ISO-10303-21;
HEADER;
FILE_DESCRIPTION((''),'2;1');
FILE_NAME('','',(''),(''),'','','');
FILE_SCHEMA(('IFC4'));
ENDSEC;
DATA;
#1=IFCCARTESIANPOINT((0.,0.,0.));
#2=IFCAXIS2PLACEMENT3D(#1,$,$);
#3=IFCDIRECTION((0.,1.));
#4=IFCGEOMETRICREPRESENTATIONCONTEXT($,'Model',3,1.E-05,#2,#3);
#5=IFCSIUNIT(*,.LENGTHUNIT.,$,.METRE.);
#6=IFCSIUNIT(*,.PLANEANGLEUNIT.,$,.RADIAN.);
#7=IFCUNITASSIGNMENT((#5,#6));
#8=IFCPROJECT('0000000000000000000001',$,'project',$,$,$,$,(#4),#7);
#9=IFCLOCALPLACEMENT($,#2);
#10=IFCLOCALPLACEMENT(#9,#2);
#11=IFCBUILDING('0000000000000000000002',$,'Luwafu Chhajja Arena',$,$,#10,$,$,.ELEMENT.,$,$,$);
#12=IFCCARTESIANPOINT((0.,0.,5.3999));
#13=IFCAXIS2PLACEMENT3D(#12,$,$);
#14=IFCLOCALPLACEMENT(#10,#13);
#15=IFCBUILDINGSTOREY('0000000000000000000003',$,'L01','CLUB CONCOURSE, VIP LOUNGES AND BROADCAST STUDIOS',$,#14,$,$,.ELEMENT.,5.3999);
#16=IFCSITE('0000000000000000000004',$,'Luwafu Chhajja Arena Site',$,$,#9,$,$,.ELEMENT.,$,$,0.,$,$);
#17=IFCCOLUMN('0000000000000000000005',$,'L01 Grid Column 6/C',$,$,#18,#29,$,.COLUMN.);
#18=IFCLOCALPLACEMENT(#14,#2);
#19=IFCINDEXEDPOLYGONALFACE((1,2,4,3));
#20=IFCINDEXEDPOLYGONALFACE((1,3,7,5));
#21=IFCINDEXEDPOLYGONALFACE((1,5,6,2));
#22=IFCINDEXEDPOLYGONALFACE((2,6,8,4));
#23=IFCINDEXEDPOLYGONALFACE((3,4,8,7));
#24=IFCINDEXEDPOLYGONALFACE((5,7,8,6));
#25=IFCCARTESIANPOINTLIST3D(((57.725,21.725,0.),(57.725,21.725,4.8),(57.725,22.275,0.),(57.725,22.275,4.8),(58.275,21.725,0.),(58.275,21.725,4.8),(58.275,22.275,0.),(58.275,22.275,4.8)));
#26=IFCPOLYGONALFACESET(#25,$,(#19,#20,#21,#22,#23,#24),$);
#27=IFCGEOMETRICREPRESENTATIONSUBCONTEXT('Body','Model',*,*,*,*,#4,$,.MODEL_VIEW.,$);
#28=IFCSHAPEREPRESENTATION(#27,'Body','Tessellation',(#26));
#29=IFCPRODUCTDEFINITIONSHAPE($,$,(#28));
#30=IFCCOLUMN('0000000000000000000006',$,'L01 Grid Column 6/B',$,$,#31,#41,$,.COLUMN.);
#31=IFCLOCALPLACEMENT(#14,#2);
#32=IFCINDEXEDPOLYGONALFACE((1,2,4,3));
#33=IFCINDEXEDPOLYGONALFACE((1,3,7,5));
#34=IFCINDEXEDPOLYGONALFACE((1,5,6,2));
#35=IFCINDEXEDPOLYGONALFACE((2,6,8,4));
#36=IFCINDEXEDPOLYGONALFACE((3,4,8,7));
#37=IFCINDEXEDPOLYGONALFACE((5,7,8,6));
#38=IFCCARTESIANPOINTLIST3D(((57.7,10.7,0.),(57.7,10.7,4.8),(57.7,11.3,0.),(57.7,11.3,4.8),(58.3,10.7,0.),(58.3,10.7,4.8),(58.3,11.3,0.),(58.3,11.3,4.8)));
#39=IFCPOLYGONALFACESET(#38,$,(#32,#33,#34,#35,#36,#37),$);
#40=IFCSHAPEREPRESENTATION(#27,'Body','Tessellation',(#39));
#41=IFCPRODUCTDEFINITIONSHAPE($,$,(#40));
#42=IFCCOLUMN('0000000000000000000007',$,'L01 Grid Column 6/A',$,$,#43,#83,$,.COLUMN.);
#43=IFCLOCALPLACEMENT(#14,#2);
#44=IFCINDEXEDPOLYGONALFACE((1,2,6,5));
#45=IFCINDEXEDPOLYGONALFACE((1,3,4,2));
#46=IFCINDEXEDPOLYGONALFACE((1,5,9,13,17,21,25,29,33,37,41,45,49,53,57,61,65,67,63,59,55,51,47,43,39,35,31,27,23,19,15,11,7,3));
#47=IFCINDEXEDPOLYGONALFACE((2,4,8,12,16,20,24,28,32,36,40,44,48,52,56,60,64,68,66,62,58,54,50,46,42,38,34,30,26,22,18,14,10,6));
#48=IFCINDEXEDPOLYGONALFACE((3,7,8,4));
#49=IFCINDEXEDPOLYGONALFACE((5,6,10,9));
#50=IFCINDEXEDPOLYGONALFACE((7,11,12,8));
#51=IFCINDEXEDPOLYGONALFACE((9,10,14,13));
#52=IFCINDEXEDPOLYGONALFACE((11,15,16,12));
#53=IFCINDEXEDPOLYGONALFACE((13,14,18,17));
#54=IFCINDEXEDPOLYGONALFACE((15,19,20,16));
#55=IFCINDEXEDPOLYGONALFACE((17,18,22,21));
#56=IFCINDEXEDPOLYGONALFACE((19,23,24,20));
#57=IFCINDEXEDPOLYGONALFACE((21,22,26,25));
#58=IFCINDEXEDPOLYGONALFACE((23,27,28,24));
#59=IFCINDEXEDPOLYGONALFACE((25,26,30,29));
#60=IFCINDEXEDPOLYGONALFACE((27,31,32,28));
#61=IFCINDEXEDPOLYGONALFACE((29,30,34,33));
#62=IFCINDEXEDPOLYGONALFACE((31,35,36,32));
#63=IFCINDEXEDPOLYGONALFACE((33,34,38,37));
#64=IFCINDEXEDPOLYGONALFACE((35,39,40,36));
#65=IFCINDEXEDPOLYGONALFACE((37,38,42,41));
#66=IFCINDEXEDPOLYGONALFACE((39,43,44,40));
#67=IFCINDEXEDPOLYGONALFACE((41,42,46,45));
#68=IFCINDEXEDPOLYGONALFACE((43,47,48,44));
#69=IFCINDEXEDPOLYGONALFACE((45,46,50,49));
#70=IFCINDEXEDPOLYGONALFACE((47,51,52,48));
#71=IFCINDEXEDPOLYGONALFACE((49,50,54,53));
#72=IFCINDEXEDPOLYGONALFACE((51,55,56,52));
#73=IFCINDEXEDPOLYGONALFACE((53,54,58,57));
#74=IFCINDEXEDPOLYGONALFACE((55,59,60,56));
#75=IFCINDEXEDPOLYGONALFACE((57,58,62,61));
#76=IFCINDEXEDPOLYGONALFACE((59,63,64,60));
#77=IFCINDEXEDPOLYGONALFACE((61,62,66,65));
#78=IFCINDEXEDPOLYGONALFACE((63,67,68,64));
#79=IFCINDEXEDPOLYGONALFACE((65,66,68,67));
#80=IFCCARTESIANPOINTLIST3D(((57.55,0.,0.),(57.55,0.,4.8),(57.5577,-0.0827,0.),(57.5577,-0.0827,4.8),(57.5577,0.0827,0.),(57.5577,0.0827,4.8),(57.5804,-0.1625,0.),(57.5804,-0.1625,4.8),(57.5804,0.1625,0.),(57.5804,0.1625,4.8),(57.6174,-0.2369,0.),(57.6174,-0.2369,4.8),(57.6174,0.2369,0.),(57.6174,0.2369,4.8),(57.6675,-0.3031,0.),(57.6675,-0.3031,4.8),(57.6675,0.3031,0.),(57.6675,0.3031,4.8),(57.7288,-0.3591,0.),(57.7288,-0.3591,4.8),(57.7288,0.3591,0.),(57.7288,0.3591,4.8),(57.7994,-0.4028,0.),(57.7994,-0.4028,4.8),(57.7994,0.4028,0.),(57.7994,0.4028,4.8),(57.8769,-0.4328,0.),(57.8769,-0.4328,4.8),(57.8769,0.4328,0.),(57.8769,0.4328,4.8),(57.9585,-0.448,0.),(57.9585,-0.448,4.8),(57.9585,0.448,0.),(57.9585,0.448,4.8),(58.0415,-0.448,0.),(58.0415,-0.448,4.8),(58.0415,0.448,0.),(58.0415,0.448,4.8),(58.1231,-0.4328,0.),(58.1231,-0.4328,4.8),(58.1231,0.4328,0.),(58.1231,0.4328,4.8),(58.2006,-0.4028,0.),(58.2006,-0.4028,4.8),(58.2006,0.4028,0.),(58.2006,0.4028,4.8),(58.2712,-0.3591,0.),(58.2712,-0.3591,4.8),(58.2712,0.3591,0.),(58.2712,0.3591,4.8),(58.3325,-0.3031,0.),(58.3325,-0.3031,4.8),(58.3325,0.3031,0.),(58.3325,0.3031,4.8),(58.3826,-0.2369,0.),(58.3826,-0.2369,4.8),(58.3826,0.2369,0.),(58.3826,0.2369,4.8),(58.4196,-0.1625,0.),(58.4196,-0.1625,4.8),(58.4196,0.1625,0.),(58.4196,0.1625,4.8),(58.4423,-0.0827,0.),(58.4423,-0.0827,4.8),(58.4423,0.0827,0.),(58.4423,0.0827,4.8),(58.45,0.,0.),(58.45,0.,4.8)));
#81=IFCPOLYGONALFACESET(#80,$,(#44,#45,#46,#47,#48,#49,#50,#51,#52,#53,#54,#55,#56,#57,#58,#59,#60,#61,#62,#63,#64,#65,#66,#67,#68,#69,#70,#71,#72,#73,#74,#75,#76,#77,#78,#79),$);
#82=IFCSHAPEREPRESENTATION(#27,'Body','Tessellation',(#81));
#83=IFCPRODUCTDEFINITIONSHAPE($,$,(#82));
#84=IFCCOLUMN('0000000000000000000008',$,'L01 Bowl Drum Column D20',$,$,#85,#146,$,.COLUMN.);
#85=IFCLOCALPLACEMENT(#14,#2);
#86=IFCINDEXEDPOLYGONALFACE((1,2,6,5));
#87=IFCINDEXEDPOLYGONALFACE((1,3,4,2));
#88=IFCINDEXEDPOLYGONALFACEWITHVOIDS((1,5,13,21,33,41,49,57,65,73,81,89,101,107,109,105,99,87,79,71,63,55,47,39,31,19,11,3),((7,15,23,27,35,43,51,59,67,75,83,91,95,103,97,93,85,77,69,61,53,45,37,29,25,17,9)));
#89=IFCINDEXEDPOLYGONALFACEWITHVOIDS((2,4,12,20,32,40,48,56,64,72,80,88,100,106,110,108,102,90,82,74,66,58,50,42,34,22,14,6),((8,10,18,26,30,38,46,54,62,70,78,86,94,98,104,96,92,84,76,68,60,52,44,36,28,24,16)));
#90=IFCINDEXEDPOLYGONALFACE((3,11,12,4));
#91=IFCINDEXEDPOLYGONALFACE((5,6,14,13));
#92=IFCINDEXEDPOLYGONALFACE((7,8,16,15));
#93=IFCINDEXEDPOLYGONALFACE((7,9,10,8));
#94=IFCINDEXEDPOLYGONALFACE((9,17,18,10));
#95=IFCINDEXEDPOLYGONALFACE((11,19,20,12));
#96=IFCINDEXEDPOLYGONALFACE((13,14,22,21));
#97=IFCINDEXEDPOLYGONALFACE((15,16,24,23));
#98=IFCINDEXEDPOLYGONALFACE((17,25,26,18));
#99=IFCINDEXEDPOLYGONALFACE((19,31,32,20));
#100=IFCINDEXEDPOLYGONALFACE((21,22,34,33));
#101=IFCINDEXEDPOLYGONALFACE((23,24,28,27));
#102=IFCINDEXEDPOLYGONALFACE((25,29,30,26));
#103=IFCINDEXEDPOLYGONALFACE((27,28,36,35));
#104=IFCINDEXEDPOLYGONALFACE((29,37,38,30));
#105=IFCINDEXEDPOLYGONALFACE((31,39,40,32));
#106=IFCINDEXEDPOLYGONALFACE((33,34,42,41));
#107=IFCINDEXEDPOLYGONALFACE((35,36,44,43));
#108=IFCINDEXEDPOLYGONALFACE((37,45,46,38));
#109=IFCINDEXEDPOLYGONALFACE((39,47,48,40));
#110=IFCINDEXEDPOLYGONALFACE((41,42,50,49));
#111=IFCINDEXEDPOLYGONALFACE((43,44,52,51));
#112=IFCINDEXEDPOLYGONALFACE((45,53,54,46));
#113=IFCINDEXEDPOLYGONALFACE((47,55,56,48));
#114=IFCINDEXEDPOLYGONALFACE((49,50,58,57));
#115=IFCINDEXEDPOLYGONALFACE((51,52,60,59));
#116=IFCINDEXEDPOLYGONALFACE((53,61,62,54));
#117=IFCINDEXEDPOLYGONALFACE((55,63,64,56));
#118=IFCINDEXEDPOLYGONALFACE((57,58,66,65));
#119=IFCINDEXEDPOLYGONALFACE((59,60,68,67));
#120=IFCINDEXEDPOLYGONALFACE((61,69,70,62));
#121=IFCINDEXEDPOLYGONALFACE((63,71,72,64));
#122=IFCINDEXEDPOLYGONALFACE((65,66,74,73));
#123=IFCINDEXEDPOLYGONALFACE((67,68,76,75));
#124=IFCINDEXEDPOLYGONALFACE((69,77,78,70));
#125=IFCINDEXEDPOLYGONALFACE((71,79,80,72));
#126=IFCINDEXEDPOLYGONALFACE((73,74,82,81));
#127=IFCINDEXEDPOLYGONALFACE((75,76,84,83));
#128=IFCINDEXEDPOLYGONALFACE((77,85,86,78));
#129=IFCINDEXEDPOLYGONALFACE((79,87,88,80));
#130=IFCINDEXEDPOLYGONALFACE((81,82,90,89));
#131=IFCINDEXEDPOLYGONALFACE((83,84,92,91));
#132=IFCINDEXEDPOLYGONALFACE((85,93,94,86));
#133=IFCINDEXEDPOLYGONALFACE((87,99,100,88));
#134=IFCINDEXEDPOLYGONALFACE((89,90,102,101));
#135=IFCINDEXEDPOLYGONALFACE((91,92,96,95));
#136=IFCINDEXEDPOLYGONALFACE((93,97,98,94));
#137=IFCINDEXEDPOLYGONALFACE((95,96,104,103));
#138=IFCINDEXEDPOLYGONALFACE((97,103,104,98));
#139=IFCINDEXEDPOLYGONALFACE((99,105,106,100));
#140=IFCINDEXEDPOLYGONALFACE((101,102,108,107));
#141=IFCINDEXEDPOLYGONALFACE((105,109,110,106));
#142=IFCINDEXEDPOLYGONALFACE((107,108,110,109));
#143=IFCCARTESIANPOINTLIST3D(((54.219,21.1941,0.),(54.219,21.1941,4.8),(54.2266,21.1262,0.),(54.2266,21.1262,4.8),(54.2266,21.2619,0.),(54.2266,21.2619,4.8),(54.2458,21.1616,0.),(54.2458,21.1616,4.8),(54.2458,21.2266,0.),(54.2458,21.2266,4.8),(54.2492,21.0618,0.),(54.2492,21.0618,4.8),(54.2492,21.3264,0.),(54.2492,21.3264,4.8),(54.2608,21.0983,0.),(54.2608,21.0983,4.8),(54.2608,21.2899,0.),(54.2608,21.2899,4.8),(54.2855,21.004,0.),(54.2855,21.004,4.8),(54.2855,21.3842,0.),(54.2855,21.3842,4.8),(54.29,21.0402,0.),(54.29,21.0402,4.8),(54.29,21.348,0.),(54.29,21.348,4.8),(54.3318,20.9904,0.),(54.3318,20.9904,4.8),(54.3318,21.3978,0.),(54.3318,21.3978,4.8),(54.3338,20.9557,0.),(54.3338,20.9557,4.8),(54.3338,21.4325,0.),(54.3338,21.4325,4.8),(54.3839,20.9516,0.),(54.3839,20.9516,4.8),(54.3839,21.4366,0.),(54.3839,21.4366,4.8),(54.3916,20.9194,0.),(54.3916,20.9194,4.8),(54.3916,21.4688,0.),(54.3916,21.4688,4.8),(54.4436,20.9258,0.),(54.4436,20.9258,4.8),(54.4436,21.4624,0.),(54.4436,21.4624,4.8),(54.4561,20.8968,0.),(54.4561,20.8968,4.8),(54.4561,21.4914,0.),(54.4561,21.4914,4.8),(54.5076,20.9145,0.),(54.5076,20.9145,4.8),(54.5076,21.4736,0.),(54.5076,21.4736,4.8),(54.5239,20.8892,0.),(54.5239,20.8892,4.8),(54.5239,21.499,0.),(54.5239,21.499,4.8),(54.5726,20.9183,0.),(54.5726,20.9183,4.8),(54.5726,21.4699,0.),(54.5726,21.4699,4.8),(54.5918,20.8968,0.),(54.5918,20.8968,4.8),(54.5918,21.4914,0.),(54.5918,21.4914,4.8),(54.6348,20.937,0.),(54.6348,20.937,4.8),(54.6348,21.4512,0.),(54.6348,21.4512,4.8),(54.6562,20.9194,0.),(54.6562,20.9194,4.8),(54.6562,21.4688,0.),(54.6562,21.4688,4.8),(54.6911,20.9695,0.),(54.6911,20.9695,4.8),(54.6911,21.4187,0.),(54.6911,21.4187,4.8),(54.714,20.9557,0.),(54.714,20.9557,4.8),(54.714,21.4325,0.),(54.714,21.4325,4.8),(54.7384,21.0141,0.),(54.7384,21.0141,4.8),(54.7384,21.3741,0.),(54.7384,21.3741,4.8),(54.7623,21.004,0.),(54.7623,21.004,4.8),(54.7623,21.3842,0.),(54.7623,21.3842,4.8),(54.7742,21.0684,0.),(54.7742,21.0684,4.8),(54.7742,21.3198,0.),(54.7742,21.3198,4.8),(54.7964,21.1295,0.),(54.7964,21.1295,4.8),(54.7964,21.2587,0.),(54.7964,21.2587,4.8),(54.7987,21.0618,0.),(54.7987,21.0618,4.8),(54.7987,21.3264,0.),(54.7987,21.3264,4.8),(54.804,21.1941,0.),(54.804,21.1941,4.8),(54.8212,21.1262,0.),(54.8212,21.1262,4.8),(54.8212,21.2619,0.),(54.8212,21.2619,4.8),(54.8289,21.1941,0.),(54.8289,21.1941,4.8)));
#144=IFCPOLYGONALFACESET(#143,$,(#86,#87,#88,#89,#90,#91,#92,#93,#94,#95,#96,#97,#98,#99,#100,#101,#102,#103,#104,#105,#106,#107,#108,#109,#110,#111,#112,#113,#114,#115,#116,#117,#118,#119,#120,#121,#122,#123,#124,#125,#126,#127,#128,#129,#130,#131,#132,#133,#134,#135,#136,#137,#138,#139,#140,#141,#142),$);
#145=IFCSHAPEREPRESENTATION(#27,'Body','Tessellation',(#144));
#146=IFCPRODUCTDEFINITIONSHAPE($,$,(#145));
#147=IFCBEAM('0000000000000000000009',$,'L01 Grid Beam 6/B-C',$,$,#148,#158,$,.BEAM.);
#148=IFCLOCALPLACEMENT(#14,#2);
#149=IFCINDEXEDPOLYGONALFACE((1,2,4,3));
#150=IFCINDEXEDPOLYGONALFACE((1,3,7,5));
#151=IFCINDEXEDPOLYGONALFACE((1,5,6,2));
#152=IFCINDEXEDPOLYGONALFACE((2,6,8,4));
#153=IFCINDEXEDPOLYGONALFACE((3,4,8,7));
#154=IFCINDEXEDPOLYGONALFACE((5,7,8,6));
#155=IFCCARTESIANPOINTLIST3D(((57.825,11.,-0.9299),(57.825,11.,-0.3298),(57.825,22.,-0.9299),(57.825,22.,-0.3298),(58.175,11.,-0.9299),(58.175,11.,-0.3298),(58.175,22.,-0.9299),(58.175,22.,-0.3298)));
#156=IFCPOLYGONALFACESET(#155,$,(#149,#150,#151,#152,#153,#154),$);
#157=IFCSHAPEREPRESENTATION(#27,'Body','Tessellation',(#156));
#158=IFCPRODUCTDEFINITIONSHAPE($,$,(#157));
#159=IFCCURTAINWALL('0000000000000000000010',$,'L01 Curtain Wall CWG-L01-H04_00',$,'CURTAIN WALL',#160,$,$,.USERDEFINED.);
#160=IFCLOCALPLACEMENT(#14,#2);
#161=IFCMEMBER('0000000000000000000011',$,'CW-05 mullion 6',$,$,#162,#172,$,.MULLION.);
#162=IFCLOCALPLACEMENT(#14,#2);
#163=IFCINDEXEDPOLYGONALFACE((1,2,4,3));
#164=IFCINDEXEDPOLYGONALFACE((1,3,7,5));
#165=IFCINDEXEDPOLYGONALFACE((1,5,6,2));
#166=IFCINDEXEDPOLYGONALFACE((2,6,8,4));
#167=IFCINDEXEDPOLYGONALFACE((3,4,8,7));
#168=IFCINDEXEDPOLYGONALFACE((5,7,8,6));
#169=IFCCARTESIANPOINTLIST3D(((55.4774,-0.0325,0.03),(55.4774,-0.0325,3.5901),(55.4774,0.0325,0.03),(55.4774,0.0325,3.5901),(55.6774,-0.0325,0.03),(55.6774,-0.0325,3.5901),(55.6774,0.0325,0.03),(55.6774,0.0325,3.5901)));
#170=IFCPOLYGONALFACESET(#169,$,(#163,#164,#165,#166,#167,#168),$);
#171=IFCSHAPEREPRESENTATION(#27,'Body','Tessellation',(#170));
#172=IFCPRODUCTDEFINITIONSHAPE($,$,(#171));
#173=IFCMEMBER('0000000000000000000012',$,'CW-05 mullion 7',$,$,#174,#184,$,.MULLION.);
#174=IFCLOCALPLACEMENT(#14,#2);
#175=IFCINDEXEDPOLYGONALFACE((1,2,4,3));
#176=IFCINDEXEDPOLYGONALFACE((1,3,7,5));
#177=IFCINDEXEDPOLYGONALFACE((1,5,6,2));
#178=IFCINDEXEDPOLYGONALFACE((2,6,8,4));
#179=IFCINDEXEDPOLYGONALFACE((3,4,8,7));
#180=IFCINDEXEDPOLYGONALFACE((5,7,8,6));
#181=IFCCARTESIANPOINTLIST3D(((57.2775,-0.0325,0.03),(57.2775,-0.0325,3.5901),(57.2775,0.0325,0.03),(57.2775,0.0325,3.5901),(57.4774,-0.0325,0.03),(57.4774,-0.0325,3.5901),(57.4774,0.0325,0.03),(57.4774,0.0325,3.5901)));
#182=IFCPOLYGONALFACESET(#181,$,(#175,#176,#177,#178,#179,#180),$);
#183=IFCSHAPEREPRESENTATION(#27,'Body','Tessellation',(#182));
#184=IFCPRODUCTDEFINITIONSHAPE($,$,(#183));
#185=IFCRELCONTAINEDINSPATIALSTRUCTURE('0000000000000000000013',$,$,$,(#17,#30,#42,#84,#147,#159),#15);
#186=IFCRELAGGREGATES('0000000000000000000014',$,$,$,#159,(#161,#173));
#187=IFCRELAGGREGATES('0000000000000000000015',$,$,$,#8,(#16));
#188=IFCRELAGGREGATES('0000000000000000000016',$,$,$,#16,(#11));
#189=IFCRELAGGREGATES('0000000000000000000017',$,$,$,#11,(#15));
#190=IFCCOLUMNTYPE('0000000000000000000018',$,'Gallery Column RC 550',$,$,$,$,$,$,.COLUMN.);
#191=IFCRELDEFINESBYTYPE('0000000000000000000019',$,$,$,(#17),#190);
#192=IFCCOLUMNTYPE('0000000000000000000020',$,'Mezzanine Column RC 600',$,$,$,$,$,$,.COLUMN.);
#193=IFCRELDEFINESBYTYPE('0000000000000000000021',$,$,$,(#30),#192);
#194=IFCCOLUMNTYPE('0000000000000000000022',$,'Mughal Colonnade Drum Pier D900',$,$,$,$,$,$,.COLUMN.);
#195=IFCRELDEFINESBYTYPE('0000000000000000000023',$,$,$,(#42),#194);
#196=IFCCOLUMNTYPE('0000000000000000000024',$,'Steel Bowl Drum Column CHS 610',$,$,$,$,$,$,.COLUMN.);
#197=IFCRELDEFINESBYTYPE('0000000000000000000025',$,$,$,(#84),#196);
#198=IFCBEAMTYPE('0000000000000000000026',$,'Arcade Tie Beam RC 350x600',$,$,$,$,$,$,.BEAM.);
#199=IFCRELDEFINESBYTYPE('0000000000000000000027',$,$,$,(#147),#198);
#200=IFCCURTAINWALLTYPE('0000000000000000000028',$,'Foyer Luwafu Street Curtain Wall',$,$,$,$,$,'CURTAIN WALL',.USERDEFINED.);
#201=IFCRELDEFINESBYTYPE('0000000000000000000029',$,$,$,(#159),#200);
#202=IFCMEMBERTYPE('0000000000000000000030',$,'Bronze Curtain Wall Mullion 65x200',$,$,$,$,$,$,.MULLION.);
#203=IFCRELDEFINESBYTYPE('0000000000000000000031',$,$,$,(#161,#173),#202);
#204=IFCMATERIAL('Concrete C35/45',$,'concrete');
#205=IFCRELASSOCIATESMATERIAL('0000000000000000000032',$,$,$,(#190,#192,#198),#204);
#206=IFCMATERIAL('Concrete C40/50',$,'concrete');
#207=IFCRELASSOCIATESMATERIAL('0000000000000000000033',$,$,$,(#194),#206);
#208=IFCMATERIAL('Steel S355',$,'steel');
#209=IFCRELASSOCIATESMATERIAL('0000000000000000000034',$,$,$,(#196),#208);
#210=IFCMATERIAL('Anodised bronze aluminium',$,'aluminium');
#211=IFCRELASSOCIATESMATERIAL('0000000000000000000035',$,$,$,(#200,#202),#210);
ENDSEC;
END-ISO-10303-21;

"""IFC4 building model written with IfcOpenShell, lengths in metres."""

from ifc_helpers import new_model, si_unit, direction, frame, origin, origin_2d, place, context, subcontext, project, spatial, rectangle, circle, hollow_circle, extrude, material, material_profile, profile_set, type_object, element, aggregate, save


model = new_model("IFC4")

# Units and contexts
model_context = context("Model", 3, precision=1e-05, world=origin(), true_north=direction((0.0, 1.0)))
body_context = subcontext(model_context, "Body", "Model", "MODEL_VIEW")
ifc_project = project(units=[si_unit("LENGTHUNIT", "METRE"), si_unit("PLANEANGLEUNIT", "RADIAN")], contexts=[model_context])

# Site, building, storey
site_placement = place(None, origin())
site = spatial("IfcSite", under=ifc_project, at=site_placement, Name="Luwafu Chhajja Arena Site", CompositionType="ELEMENT", RefElevation=0.0)
building_placement = place(site_placement, origin())
building = spatial("IfcBuilding", under=site, at=building_placement, Name="Luwafu Chhajja Arena", CompositionType="ELEMENT")
storey_placement = place(building_placement, frame((0.0, 0.0, 5.3999)))
storey = spatial("IfcBuildingStorey", under=building, at=storey_placement, Name="L01", Description="CLUB CONCOURSE, VIP LOUNGES AND BROADCAST STUDIOS", CompositionType="ELEMENT", Elevation=5.3999)

# Columns
ifc_material_1 = material(Name="Concrete C35/45", Category="concrete")
ifc_material_profile_1 = material_profile(ifc_material_1, rectangle(XDim=0.55, YDim=0.55, at=origin_2d()), Name="RC 550x550")
ifc_profile_set_1 = profile_set([ifc_material_profile_1], Name="Concrete C35/45")
column_type_1 = type_object("IfcColumnType", Name="Gallery Column RC 550", PredefinedType="COLUMN", material=ifc_profile_set_1)
column_1_placement = place(storey_placement, frame((58.0, 22.0, 0.0), z_axis=(0.0, 0.0, 1.0), x_axis=(1.0, 0.0, 0.0)))
element("IfcColumn", 1, at=column_1_placement, inside=storey, type_object=column_type_1, Name="L01 Grid Column 6/C", PredefinedType="COLUMN", context=body_context, shape_type="SweptSolid", body=[
    extrude(rectangle(XDim=0.55, YDim=0.55, at=origin_2d()), origin(), (0.0, 0.0, 1.0), 4.8),
])
ifc_material_profile_2 = material_profile(ifc_material_1, rectangle(XDim=0.6001, YDim=0.6001, at=origin_2d()), Name="RC 600x600")
ifc_profile_set_2 = profile_set([ifc_material_profile_2], Name="Concrete C35/45")
column_type_2 = type_object("IfcColumnType", Name="Mezzanine Column RC 600", PredefinedType="COLUMN", material=ifc_profile_set_2)
column_2_placement = place(storey_placement, frame((58.0, 11.0, 0.0), z_axis=(0.0, 0.0, 1.0), x_axis=(1.0, 0.0, 0.0)))
element("IfcColumn", 2, at=column_2_placement, inside=storey, type_object=column_type_2, Name="L01 Grid Column 6/B", PredefinedType="COLUMN", context=body_context, shape_type="SweptSolid", body=[
    extrude(rectangle(XDim=0.6001, YDim=0.6001, at=origin_2d()), origin(), (0.0, 0.0, 1.0), 4.8),
])
ifc_material_2 = material(Name="Concrete C40/50", Category="concrete")
ifc_material_profile_3 = material_profile(ifc_material_2, circle(Radius=0.45, at=origin_2d()), Name="RC COL D900")
ifc_profile_set_3 = profile_set([ifc_material_profile_3], Name="Concrete C40/50")
column_type_3 = type_object("IfcColumnType", Name="Mughal Colonnade Drum Pier D900", PredefinedType="COLUMN", material=ifc_profile_set_3)
column_3_placement = place(storey_placement, frame((58.0, 0.0, 0.0), z_axis=(0.0, 0.0, 1.0), x_axis=(1.0, 0.0, 0.0)))
element("IfcColumn", 3, at=column_3_placement, inside=storey, type_object=column_type_3, Name="L01 Grid Column 6/A", PredefinedType="COLUMN", context=body_context, shape_type="SweptSolid", body=[
    extrude(circle(Radius=0.45, at=origin_2d()), origin(), (0.0, 0.0, 1.0), 4.8),
])
ifc_material_3 = material(Name="Steel S355", Category="steel")
ifc_material_profile_4 = material_profile(ifc_material_3, hollow_circle(Radius=0.3049, WallThickness=0.0249, at=origin_2d()), Name="CHS 610x25")
ifc_profile_set_4 = profile_set([ifc_material_profile_4], Name="Steel S355")
column_type_4 = type_object("IfcColumnType", Name="Steel Bowl Drum Column CHS 610", PredefinedType="COLUMN", material=ifc_profile_set_4)
column_4_placement = place(storey_placement, frame((54.5239, 21.1941, 0.0), z_axis=(0.0, 0.0, 1.0), x_axis=(1.0, 0.0, 0.0)))
element("IfcColumn", 4, at=column_4_placement, inside=storey, type_object=column_type_4, Name="L01 Bowl Drum Column D20", PredefinedType="COLUMN", context=body_context, shape_type="SweptSolid", body=[
    extrude(hollow_circle(Radius=0.3049, WallThickness=0.0249, at=origin_2d()), origin(), (0.0, 0.0, 1.0), 4.8),
])

# Beam
ifc_material_profile_5 = material_profile(ifc_material_1, rectangle(XDim=0.3501, YDim=0.6001, at=origin_2d()), Name="RC 350x600")
ifc_profile_set_5 = profile_set([ifc_material_profile_5], Name="Concrete C35/45")
beam_type_1 = type_object("IfcBeamType", Name="Arcade Tie Beam RC 350x600", PredefinedType="BEAM", material=ifc_profile_set_5)
beam_1_placement = place(storey_placement, frame((58.0, 11.0, -0.6299), z_axis=(0.0, 1.0, 0.0), x_axis=(-1.0, 0.0, 0.0)))
element("IfcBeam", 5, at=beam_1_placement, inside=storey, type_object=beam_type_1, Name="L01 Grid Beam 6/B-C", PredefinedType="BEAM", context=body_context, shape_type="SweptSolid", body=[
    extrude(rectangle(XDim=0.3501, YDim=0.6001, at=origin_2d()), origin(), (0.0, 0.0, 1.0), 11.0),
])

# Curtain wall, members
ifc_material_4 = material(Name="Anodised bronze aluminium", Category="aluminium")
curtain_wall_type = type_object("IfcCurtainWallType", Name="Foyer Luwafu Street Curtain Wall", ElementType="CURTAIN WALL", PredefinedType="USERDEFINED", material=ifc_material_4)
curtain_wall_placement = place(storey_placement, origin())
curtain_wall = element("IfcCurtainWall", 6, at=curtain_wall_placement, inside=storey, type_object=curtain_wall_type, Name="L01 Curtain Wall CWG-L01-H04_00", ObjectType="CURTAIN WALL", PredefinedType="USERDEFINED")
ifc_material_profile_6 = material_profile(ifc_material_4, rectangle(XDim=0.0649, YDim=0.2, at=origin_2d()), Name="CWM 65x200")
ifc_profile_set_6 = profile_set([ifc_material_profile_6], Name="Anodised bronze aluminium")
member_type_1 = type_object("IfcMemberType", Name="Bronze Curtain Wall Mullion 65x200", PredefinedType="MULLION", material=ifc_profile_set_6)
member_1_placement = place(storey_placement, frame((55.5774, 0.0, 0.03), z_axis=(0.0, 0.0, 1.0), x_axis=(0.0, 1.0, 0.0)))
member_1 = element("IfcMember", 7, at=member_1_placement, type_object=member_type_1, Name="CW-05 mullion 6", PredefinedType="MULLION", context=body_context, shape_type="SweptSolid", body=[
    extrude(rectangle(XDim=0.0649, YDim=0.2, at=origin_2d()), origin(), (0.0, 0.0, 1.0), 3.5601),
])
member_2_placement = place(storey_placement, frame((57.3774, 0.0, 0.03), z_axis=(0.0, 0.0, 1.0), x_axis=(0.0, 1.0, 0.0)))
member_2 = element("IfcMember", 8, at=member_2_placement, type_object=member_type_1, Name="CW-05 mullion 7", PredefinedType="MULLION", context=body_context, shape_type="SweptSolid", body=[
    extrude(rectangle(XDim=0.0649, YDim=0.2, at=origin_2d()), origin(), (0.0, 0.0, 1.0), 3.5601),
])

aggregate(curtain_wall, [member_1, member_2])

save(model, "model.ifc")
